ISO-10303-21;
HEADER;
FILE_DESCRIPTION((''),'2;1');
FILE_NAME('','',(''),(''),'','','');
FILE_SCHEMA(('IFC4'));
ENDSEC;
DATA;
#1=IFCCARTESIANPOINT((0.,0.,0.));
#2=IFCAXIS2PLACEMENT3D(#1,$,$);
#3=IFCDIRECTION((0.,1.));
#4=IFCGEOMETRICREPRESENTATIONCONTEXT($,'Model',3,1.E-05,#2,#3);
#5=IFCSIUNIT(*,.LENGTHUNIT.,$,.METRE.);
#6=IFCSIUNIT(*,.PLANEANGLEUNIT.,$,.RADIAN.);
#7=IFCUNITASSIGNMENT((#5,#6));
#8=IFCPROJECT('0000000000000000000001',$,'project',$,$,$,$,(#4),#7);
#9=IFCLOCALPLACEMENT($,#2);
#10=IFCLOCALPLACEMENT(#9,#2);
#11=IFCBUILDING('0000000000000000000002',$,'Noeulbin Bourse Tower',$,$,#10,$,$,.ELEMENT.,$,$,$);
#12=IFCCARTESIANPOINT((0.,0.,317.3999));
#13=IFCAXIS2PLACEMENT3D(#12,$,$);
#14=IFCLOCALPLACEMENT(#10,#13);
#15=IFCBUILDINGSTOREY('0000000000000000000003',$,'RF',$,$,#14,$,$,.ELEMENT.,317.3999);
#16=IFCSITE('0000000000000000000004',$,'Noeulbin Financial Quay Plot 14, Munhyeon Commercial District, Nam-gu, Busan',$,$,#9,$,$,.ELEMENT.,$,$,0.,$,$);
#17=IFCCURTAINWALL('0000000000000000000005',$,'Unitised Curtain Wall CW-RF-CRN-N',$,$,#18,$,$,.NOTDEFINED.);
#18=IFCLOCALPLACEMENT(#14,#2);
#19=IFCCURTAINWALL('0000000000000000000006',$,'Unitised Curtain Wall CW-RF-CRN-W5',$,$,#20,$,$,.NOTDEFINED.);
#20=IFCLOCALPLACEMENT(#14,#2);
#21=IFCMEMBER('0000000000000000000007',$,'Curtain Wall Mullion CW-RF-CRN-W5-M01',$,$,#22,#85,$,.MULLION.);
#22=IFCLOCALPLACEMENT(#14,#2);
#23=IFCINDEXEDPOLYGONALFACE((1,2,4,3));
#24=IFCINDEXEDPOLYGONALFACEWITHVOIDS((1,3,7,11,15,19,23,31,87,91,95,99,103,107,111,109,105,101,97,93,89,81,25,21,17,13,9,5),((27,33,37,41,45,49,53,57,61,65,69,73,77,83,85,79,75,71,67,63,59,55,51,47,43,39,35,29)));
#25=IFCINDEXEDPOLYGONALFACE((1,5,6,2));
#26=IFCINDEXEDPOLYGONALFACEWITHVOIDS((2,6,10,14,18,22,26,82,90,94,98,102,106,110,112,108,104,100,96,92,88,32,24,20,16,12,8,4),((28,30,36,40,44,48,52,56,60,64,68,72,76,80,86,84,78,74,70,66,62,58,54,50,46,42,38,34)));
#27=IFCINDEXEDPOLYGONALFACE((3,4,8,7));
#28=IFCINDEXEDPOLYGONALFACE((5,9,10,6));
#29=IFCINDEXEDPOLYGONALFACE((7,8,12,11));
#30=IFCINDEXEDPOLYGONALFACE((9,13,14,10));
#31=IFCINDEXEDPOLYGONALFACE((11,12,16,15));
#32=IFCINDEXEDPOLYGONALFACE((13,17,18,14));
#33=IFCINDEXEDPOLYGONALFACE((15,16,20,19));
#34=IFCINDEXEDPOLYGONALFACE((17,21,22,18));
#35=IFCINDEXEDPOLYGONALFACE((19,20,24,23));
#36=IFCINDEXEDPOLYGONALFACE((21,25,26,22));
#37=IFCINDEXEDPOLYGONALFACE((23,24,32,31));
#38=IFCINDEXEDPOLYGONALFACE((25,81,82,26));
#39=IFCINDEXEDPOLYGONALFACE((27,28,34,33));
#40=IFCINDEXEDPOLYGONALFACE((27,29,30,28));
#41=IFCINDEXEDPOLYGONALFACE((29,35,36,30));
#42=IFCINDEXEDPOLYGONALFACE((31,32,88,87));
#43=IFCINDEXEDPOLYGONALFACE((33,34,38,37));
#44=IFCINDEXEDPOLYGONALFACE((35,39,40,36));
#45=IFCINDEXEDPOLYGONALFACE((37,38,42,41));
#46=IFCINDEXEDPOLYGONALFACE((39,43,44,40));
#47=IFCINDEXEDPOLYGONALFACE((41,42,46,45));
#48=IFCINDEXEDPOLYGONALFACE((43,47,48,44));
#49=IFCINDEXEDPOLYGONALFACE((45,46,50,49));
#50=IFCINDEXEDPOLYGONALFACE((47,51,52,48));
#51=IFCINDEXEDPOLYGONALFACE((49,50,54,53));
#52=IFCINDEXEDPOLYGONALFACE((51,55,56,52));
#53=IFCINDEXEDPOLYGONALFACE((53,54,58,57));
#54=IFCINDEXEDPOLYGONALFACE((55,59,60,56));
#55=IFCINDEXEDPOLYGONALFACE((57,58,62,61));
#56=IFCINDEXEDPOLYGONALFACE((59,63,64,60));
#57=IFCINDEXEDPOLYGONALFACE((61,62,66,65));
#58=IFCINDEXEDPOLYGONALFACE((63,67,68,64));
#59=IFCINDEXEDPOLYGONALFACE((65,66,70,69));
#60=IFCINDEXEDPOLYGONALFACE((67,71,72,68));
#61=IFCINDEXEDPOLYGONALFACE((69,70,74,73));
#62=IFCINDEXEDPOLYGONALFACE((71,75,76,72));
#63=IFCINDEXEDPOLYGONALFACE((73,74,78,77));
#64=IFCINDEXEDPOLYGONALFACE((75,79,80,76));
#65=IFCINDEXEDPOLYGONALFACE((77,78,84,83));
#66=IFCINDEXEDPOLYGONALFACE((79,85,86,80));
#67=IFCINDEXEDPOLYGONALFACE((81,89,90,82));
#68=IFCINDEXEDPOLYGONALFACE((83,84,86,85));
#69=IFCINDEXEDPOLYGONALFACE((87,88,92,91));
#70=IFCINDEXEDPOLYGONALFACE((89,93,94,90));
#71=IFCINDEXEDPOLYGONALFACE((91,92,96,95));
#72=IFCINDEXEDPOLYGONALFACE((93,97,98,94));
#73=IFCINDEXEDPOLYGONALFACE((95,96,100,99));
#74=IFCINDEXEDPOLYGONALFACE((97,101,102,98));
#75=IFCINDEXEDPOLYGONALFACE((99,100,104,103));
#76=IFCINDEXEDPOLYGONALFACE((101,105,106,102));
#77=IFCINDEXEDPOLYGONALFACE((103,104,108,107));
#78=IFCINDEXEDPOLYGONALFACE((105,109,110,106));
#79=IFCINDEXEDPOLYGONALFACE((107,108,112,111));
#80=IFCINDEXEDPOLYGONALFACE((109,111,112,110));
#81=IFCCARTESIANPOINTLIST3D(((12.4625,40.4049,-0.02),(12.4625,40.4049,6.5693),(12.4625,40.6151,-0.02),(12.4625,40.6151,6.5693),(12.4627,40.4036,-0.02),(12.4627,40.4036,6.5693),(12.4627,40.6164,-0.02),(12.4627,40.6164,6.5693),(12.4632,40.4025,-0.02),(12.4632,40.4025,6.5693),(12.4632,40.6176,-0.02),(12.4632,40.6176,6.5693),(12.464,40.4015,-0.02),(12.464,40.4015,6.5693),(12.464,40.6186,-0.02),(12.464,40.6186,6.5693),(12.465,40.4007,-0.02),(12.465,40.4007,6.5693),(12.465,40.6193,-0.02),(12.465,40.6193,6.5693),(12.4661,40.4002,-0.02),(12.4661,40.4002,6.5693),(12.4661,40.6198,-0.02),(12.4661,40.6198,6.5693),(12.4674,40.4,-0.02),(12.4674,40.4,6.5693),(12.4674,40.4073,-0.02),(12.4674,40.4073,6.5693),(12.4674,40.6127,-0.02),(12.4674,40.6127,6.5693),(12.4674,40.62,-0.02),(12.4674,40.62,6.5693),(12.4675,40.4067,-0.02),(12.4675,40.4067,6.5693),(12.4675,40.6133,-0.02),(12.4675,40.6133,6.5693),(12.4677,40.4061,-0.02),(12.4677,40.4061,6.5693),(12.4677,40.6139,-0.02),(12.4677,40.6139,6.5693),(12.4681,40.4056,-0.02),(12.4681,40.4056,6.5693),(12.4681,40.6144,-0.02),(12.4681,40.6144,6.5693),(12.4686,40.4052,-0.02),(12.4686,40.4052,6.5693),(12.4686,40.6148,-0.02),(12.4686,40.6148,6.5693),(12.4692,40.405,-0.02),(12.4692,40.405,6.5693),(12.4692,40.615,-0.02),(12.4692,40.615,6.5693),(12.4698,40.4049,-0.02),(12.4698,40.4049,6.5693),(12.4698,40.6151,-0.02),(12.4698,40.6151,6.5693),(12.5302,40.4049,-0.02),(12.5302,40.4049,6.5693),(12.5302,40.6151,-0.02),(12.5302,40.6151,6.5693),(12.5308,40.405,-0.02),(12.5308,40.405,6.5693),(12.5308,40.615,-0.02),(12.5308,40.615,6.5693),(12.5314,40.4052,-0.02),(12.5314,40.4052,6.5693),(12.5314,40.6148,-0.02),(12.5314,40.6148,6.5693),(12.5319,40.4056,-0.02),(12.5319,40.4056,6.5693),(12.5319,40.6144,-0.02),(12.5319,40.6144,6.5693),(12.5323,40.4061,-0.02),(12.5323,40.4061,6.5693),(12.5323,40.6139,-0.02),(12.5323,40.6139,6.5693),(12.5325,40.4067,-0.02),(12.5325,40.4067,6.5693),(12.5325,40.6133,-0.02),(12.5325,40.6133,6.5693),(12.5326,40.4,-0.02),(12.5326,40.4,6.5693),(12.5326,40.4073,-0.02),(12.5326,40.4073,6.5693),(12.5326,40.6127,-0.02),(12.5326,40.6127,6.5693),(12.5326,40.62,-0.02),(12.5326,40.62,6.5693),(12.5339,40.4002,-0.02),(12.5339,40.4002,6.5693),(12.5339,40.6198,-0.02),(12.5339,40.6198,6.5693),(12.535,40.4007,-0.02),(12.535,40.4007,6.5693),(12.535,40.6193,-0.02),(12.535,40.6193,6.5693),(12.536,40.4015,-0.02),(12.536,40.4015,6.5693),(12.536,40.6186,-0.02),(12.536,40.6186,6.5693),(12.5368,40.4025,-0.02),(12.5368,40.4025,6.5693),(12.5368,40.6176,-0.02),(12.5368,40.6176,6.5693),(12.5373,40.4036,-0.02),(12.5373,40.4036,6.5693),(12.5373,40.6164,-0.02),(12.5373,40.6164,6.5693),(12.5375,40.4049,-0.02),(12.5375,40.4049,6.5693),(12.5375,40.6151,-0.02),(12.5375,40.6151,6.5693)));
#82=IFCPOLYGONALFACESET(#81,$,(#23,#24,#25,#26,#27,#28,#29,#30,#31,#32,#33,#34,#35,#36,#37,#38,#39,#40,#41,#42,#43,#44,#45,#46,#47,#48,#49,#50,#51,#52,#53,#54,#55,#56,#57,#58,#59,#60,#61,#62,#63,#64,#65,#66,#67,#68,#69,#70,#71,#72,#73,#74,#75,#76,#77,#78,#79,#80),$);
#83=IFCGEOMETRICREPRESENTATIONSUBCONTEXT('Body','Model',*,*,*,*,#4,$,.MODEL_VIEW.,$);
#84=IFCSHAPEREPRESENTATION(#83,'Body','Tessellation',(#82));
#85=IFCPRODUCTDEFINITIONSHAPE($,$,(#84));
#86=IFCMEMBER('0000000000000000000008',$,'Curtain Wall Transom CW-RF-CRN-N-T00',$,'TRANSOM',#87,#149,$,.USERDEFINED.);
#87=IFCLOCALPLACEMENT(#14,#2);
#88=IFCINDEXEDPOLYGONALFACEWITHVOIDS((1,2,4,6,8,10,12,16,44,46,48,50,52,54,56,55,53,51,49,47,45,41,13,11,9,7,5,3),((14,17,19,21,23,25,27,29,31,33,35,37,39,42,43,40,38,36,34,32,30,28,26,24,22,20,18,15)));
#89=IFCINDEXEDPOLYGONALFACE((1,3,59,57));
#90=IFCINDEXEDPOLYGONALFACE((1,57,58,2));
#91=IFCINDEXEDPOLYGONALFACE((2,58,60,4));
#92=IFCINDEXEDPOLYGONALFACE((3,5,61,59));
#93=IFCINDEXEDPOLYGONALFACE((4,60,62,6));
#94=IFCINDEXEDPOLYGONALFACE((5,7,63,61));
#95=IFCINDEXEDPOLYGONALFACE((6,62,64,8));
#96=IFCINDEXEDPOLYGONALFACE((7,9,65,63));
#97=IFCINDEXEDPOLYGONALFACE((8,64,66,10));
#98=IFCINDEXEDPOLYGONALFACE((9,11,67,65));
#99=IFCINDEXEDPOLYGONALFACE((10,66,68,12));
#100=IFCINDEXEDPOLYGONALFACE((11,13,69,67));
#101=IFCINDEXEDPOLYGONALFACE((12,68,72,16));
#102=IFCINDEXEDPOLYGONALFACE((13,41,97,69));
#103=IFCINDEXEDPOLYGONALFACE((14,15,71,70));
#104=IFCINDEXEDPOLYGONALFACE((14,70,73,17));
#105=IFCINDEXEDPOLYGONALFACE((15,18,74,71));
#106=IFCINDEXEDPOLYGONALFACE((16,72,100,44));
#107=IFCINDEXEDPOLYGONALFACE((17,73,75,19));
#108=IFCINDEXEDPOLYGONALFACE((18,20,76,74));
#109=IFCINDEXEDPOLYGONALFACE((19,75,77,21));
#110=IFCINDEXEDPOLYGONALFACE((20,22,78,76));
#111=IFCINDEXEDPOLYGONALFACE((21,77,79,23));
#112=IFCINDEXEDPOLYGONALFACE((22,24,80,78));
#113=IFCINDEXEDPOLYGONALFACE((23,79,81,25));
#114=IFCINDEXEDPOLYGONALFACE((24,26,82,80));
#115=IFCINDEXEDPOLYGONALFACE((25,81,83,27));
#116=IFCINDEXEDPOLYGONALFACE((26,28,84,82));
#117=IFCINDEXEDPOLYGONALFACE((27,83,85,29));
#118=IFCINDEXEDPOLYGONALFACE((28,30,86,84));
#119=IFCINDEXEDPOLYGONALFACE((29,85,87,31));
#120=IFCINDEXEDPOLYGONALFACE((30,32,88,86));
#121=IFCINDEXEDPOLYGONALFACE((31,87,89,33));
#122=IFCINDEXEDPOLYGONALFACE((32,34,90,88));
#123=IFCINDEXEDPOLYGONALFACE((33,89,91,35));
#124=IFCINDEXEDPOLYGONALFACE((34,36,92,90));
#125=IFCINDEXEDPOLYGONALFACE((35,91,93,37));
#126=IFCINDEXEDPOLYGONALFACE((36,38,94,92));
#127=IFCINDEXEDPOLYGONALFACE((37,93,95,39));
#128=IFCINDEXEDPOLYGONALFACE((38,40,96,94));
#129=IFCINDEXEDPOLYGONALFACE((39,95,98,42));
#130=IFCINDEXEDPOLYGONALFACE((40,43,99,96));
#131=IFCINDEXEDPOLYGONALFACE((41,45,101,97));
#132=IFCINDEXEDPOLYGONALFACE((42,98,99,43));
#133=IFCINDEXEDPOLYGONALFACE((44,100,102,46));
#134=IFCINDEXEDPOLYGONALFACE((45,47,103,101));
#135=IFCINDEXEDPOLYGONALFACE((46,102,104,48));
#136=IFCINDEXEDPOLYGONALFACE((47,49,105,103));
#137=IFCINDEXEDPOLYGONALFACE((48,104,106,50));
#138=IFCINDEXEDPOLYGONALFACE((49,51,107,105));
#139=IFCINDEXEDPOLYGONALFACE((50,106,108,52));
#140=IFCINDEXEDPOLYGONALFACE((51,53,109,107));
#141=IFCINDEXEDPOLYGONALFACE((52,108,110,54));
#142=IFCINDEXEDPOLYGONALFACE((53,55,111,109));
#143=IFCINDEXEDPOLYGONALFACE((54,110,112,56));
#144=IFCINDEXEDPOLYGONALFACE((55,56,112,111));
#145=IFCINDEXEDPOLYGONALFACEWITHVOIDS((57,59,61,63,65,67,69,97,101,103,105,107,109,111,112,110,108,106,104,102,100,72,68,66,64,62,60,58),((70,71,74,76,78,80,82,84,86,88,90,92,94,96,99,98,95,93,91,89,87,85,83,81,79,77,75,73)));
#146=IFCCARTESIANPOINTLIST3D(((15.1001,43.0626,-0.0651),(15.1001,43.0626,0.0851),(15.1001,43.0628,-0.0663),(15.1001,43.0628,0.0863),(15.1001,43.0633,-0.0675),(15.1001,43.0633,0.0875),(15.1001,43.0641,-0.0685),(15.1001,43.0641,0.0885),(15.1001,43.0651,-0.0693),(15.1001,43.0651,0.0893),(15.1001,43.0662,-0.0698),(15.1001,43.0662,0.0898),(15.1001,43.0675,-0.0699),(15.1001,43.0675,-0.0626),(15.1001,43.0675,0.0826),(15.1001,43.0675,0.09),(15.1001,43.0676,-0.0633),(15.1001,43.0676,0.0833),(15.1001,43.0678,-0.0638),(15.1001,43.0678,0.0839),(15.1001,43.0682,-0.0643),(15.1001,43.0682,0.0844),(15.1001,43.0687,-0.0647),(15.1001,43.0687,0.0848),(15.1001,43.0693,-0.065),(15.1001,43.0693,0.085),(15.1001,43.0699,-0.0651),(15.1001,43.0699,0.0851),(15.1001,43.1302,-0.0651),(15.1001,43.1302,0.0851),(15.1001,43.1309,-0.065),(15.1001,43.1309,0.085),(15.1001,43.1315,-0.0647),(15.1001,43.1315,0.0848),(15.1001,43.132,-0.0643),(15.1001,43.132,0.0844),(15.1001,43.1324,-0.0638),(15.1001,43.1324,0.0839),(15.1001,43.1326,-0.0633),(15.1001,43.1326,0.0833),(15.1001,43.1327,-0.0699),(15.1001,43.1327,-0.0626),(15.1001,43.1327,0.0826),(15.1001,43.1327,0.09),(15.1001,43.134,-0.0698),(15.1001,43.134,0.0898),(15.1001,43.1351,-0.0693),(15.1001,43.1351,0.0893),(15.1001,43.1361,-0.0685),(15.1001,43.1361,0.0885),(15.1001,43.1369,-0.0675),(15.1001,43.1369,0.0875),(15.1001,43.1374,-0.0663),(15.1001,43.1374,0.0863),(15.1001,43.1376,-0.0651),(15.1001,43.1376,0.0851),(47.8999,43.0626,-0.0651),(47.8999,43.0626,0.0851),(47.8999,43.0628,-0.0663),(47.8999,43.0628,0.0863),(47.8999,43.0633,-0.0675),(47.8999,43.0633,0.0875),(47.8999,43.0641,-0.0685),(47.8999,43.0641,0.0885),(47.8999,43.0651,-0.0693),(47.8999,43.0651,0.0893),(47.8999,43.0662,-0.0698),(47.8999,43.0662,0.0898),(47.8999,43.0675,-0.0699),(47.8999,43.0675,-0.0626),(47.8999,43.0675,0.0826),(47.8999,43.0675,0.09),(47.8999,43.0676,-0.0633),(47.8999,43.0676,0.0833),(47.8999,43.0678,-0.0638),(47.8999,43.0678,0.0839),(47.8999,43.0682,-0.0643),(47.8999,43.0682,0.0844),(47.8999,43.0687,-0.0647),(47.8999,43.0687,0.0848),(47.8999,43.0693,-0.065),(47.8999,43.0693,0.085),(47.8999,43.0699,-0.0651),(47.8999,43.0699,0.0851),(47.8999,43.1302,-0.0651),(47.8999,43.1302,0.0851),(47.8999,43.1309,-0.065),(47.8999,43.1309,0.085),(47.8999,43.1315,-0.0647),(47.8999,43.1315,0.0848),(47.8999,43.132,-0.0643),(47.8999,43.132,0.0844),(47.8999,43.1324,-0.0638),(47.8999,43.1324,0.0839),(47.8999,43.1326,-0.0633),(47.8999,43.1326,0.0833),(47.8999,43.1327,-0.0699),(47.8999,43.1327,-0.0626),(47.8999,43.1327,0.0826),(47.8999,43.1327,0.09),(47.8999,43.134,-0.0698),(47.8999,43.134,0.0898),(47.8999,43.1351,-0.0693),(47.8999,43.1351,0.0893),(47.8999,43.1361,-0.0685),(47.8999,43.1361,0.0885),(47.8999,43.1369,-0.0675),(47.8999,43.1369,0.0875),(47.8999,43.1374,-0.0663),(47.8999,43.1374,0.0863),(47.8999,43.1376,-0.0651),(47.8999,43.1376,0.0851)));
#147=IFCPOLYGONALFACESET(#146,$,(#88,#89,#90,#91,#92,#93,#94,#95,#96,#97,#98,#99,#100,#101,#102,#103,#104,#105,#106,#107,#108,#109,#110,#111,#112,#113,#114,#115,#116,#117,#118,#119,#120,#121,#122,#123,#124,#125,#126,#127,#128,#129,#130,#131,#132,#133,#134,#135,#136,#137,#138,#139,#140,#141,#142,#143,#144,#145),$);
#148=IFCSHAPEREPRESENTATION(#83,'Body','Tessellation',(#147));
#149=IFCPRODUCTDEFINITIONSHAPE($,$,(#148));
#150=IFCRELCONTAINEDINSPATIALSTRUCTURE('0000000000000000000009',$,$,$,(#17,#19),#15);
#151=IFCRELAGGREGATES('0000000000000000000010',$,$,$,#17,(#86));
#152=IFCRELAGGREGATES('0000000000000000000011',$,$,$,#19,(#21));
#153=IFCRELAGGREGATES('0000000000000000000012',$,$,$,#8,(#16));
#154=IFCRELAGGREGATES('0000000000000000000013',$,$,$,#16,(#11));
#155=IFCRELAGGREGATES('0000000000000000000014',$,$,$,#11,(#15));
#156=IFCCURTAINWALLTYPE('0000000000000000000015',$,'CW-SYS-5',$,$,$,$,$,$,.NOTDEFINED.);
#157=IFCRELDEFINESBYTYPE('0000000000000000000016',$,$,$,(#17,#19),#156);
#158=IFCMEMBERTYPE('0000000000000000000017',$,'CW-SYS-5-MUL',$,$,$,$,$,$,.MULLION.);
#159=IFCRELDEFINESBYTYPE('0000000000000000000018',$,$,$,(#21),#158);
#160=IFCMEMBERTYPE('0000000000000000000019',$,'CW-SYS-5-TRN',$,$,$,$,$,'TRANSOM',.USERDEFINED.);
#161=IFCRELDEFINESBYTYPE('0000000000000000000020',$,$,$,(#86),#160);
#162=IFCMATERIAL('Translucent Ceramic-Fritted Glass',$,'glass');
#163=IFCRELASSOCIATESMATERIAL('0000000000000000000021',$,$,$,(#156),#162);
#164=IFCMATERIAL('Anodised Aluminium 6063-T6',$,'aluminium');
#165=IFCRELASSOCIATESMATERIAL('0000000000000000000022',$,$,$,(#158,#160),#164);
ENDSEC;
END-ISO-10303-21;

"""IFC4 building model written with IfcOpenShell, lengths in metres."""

from ifc_helpers import new_model, si_unit, direction, frame, origin, origin_2d, place, context, subcontext, project, spatial, hollow_rectangle, extrude, material, material_profile, profile_set, type_object, element, aggregate, save


model = new_model("IFC4")

# Units and contexts
model_context = context("Model", 3, precision=1e-05, world=origin(), true_north=direction((0.0, 1.0)))
body_context = subcontext(model_context, "Body", "Model", "MODEL_VIEW")
ifc_project = project(units=[si_unit("LENGTHUNIT", "METRE"), si_unit("PLANEANGLEUNIT", "RADIAN")], contexts=[model_context])

# Site, building, storey
site_placement = place(None, origin())
site = spatial("IfcSite", under=ifc_project, at=site_placement, Name="Noeulbin Financial Quay Plot 14, Munhyeon Commercial District, Nam-gu, Busan", CompositionType="ELEMENT", RefElevation=0.0)
building_placement = place(site_placement, origin())
building = spatial("IfcBuilding", under=site, at=building_placement, Name="Noeulbin Bourse Tower", CompositionType="ELEMENT")
storey_placement = place(building_placement, frame((0.0, 0.0, 317.3999)))
storey = spatial("IfcBuildingStorey", under=building, at=storey_placement, Name="RF", CompositionType="ELEMENT", Elevation=317.3999)

# Curtain wall
ifc_material_1 = material(Name="Translucent Ceramic-Fritted Glass", Category="glass")
curtain_wall_type = type_object("IfcCurtainWallType", Name="CW-SYS-5", PredefinedType="NOTDEFINED", material=ifc_material_1)
curtain_wall_1_placement = place(storey_placement, origin())
curtain_wall_1 = element("IfcCurtainWall", 1, at=curtain_wall_1_placement, inside=storey, type_object=curtain_wall_type, Name="Unitised Curtain Wall CW-RF-CRN-N", PredefinedType="NOTDEFINED")
ifc_material_2 = material(Name="Anodised Aluminium 6063-T6", Category="aluminium")
ifc_material_profile_1 = material_profile(ifc_material_2, hollow_rectangle(XDim=0.075, YDim=0.22, WallThickness=0.0049, InnerFilletRadius=0.0024, OuterFilletRadius=0.0049, at=origin_2d()), Name="ALU-MULL-75x220x5", Category="LoadBearing")
ifc_profile_set_1 = profile_set([ifc_material_profile_1], Name="Anodised Aluminium 6063-T6")
member_type_1 = type_object("IfcMemberType", Name="CW-SYS-5-MUL", PredefinedType="MULLION", material=ifc_profile_set_1)

# Curtain wall, member
curtain_wall_2_placement = place(storey_placement, origin())
curtain_wall_2 = element("IfcCurtainWall", 2, at=curtain_wall_2_placement, inside=storey, type_object=curtain_wall_type, Name="Unitised Curtain Wall CW-RF-CRN-W5", PredefinedType="NOTDEFINED")
member_1_placement = place(storey_placement, frame((12.5, 40.51, -0.02), z_axis=(0.0, 0.0, 1.0), x_axis=(1.0, 0.0, 0.0)))
member_1 = element("IfcMember", 3, at=member_1_placement, type_object=member_type_1, Name="Curtain Wall Mullion CW-RF-CRN-W5-M01", PredefinedType="MULLION", context=body_context, shape_type="SweptSolid", body=[
    extrude(hollow_rectangle(XDim=0.075, YDim=0.22, WallThickness=0.0049, InnerFilletRadius=0.0024, OuterFilletRadius=0.0049, at=origin_2d()), origin(), (0.0, 0.0, 1.0), 6.5894),
])

# Member
ifc_material_profile_2 = material_profile(ifc_material_2, hollow_rectangle(XDim=0.075, YDim=0.1599, WallThickness=0.0049, InnerFilletRadius=0.0024, OuterFilletRadius=0.0049, at=origin_2d()), Name="ALU-TRAN-75x160x5", Category="LoadBearing")
ifc_profile_set_2 = profile_set([ifc_material_profile_2], Name="Anodised Aluminium 6063-T6")
member_type_2 = type_object("IfcMemberType", Name="CW-SYS-5-TRN", ElementType="TRANSOM", PredefinedType="USERDEFINED", material=ifc_profile_set_2)
member_2_placement = place(storey_placement, frame((15.1001, 43.1001, 0.01), z_axis=(1.0, 0.0, 0.0), x_axis=(0.0, 1.0, 0.0)))
member_2 = element("IfcMember", 4, at=member_2_placement, type_object=member_type_2, Name="Curtain Wall Transom CW-RF-CRN-N-T00", ObjectType="TRANSOM", PredefinedType="USERDEFINED", context=body_context, shape_type="SweptSolid", body=[
    extrude(hollow_rectangle(XDim=0.075, YDim=0.1599, WallThickness=0.0049, InnerFilletRadius=0.0024, OuterFilletRadius=0.0049, at=origin_2d()), origin(), (0.0, 0.0, 1.0), 32.7998),
])

aggregate(curtain_wall_1, [member_2])
aggregate(curtain_wall_2, [member_1])

save(model, "model.ifc")
